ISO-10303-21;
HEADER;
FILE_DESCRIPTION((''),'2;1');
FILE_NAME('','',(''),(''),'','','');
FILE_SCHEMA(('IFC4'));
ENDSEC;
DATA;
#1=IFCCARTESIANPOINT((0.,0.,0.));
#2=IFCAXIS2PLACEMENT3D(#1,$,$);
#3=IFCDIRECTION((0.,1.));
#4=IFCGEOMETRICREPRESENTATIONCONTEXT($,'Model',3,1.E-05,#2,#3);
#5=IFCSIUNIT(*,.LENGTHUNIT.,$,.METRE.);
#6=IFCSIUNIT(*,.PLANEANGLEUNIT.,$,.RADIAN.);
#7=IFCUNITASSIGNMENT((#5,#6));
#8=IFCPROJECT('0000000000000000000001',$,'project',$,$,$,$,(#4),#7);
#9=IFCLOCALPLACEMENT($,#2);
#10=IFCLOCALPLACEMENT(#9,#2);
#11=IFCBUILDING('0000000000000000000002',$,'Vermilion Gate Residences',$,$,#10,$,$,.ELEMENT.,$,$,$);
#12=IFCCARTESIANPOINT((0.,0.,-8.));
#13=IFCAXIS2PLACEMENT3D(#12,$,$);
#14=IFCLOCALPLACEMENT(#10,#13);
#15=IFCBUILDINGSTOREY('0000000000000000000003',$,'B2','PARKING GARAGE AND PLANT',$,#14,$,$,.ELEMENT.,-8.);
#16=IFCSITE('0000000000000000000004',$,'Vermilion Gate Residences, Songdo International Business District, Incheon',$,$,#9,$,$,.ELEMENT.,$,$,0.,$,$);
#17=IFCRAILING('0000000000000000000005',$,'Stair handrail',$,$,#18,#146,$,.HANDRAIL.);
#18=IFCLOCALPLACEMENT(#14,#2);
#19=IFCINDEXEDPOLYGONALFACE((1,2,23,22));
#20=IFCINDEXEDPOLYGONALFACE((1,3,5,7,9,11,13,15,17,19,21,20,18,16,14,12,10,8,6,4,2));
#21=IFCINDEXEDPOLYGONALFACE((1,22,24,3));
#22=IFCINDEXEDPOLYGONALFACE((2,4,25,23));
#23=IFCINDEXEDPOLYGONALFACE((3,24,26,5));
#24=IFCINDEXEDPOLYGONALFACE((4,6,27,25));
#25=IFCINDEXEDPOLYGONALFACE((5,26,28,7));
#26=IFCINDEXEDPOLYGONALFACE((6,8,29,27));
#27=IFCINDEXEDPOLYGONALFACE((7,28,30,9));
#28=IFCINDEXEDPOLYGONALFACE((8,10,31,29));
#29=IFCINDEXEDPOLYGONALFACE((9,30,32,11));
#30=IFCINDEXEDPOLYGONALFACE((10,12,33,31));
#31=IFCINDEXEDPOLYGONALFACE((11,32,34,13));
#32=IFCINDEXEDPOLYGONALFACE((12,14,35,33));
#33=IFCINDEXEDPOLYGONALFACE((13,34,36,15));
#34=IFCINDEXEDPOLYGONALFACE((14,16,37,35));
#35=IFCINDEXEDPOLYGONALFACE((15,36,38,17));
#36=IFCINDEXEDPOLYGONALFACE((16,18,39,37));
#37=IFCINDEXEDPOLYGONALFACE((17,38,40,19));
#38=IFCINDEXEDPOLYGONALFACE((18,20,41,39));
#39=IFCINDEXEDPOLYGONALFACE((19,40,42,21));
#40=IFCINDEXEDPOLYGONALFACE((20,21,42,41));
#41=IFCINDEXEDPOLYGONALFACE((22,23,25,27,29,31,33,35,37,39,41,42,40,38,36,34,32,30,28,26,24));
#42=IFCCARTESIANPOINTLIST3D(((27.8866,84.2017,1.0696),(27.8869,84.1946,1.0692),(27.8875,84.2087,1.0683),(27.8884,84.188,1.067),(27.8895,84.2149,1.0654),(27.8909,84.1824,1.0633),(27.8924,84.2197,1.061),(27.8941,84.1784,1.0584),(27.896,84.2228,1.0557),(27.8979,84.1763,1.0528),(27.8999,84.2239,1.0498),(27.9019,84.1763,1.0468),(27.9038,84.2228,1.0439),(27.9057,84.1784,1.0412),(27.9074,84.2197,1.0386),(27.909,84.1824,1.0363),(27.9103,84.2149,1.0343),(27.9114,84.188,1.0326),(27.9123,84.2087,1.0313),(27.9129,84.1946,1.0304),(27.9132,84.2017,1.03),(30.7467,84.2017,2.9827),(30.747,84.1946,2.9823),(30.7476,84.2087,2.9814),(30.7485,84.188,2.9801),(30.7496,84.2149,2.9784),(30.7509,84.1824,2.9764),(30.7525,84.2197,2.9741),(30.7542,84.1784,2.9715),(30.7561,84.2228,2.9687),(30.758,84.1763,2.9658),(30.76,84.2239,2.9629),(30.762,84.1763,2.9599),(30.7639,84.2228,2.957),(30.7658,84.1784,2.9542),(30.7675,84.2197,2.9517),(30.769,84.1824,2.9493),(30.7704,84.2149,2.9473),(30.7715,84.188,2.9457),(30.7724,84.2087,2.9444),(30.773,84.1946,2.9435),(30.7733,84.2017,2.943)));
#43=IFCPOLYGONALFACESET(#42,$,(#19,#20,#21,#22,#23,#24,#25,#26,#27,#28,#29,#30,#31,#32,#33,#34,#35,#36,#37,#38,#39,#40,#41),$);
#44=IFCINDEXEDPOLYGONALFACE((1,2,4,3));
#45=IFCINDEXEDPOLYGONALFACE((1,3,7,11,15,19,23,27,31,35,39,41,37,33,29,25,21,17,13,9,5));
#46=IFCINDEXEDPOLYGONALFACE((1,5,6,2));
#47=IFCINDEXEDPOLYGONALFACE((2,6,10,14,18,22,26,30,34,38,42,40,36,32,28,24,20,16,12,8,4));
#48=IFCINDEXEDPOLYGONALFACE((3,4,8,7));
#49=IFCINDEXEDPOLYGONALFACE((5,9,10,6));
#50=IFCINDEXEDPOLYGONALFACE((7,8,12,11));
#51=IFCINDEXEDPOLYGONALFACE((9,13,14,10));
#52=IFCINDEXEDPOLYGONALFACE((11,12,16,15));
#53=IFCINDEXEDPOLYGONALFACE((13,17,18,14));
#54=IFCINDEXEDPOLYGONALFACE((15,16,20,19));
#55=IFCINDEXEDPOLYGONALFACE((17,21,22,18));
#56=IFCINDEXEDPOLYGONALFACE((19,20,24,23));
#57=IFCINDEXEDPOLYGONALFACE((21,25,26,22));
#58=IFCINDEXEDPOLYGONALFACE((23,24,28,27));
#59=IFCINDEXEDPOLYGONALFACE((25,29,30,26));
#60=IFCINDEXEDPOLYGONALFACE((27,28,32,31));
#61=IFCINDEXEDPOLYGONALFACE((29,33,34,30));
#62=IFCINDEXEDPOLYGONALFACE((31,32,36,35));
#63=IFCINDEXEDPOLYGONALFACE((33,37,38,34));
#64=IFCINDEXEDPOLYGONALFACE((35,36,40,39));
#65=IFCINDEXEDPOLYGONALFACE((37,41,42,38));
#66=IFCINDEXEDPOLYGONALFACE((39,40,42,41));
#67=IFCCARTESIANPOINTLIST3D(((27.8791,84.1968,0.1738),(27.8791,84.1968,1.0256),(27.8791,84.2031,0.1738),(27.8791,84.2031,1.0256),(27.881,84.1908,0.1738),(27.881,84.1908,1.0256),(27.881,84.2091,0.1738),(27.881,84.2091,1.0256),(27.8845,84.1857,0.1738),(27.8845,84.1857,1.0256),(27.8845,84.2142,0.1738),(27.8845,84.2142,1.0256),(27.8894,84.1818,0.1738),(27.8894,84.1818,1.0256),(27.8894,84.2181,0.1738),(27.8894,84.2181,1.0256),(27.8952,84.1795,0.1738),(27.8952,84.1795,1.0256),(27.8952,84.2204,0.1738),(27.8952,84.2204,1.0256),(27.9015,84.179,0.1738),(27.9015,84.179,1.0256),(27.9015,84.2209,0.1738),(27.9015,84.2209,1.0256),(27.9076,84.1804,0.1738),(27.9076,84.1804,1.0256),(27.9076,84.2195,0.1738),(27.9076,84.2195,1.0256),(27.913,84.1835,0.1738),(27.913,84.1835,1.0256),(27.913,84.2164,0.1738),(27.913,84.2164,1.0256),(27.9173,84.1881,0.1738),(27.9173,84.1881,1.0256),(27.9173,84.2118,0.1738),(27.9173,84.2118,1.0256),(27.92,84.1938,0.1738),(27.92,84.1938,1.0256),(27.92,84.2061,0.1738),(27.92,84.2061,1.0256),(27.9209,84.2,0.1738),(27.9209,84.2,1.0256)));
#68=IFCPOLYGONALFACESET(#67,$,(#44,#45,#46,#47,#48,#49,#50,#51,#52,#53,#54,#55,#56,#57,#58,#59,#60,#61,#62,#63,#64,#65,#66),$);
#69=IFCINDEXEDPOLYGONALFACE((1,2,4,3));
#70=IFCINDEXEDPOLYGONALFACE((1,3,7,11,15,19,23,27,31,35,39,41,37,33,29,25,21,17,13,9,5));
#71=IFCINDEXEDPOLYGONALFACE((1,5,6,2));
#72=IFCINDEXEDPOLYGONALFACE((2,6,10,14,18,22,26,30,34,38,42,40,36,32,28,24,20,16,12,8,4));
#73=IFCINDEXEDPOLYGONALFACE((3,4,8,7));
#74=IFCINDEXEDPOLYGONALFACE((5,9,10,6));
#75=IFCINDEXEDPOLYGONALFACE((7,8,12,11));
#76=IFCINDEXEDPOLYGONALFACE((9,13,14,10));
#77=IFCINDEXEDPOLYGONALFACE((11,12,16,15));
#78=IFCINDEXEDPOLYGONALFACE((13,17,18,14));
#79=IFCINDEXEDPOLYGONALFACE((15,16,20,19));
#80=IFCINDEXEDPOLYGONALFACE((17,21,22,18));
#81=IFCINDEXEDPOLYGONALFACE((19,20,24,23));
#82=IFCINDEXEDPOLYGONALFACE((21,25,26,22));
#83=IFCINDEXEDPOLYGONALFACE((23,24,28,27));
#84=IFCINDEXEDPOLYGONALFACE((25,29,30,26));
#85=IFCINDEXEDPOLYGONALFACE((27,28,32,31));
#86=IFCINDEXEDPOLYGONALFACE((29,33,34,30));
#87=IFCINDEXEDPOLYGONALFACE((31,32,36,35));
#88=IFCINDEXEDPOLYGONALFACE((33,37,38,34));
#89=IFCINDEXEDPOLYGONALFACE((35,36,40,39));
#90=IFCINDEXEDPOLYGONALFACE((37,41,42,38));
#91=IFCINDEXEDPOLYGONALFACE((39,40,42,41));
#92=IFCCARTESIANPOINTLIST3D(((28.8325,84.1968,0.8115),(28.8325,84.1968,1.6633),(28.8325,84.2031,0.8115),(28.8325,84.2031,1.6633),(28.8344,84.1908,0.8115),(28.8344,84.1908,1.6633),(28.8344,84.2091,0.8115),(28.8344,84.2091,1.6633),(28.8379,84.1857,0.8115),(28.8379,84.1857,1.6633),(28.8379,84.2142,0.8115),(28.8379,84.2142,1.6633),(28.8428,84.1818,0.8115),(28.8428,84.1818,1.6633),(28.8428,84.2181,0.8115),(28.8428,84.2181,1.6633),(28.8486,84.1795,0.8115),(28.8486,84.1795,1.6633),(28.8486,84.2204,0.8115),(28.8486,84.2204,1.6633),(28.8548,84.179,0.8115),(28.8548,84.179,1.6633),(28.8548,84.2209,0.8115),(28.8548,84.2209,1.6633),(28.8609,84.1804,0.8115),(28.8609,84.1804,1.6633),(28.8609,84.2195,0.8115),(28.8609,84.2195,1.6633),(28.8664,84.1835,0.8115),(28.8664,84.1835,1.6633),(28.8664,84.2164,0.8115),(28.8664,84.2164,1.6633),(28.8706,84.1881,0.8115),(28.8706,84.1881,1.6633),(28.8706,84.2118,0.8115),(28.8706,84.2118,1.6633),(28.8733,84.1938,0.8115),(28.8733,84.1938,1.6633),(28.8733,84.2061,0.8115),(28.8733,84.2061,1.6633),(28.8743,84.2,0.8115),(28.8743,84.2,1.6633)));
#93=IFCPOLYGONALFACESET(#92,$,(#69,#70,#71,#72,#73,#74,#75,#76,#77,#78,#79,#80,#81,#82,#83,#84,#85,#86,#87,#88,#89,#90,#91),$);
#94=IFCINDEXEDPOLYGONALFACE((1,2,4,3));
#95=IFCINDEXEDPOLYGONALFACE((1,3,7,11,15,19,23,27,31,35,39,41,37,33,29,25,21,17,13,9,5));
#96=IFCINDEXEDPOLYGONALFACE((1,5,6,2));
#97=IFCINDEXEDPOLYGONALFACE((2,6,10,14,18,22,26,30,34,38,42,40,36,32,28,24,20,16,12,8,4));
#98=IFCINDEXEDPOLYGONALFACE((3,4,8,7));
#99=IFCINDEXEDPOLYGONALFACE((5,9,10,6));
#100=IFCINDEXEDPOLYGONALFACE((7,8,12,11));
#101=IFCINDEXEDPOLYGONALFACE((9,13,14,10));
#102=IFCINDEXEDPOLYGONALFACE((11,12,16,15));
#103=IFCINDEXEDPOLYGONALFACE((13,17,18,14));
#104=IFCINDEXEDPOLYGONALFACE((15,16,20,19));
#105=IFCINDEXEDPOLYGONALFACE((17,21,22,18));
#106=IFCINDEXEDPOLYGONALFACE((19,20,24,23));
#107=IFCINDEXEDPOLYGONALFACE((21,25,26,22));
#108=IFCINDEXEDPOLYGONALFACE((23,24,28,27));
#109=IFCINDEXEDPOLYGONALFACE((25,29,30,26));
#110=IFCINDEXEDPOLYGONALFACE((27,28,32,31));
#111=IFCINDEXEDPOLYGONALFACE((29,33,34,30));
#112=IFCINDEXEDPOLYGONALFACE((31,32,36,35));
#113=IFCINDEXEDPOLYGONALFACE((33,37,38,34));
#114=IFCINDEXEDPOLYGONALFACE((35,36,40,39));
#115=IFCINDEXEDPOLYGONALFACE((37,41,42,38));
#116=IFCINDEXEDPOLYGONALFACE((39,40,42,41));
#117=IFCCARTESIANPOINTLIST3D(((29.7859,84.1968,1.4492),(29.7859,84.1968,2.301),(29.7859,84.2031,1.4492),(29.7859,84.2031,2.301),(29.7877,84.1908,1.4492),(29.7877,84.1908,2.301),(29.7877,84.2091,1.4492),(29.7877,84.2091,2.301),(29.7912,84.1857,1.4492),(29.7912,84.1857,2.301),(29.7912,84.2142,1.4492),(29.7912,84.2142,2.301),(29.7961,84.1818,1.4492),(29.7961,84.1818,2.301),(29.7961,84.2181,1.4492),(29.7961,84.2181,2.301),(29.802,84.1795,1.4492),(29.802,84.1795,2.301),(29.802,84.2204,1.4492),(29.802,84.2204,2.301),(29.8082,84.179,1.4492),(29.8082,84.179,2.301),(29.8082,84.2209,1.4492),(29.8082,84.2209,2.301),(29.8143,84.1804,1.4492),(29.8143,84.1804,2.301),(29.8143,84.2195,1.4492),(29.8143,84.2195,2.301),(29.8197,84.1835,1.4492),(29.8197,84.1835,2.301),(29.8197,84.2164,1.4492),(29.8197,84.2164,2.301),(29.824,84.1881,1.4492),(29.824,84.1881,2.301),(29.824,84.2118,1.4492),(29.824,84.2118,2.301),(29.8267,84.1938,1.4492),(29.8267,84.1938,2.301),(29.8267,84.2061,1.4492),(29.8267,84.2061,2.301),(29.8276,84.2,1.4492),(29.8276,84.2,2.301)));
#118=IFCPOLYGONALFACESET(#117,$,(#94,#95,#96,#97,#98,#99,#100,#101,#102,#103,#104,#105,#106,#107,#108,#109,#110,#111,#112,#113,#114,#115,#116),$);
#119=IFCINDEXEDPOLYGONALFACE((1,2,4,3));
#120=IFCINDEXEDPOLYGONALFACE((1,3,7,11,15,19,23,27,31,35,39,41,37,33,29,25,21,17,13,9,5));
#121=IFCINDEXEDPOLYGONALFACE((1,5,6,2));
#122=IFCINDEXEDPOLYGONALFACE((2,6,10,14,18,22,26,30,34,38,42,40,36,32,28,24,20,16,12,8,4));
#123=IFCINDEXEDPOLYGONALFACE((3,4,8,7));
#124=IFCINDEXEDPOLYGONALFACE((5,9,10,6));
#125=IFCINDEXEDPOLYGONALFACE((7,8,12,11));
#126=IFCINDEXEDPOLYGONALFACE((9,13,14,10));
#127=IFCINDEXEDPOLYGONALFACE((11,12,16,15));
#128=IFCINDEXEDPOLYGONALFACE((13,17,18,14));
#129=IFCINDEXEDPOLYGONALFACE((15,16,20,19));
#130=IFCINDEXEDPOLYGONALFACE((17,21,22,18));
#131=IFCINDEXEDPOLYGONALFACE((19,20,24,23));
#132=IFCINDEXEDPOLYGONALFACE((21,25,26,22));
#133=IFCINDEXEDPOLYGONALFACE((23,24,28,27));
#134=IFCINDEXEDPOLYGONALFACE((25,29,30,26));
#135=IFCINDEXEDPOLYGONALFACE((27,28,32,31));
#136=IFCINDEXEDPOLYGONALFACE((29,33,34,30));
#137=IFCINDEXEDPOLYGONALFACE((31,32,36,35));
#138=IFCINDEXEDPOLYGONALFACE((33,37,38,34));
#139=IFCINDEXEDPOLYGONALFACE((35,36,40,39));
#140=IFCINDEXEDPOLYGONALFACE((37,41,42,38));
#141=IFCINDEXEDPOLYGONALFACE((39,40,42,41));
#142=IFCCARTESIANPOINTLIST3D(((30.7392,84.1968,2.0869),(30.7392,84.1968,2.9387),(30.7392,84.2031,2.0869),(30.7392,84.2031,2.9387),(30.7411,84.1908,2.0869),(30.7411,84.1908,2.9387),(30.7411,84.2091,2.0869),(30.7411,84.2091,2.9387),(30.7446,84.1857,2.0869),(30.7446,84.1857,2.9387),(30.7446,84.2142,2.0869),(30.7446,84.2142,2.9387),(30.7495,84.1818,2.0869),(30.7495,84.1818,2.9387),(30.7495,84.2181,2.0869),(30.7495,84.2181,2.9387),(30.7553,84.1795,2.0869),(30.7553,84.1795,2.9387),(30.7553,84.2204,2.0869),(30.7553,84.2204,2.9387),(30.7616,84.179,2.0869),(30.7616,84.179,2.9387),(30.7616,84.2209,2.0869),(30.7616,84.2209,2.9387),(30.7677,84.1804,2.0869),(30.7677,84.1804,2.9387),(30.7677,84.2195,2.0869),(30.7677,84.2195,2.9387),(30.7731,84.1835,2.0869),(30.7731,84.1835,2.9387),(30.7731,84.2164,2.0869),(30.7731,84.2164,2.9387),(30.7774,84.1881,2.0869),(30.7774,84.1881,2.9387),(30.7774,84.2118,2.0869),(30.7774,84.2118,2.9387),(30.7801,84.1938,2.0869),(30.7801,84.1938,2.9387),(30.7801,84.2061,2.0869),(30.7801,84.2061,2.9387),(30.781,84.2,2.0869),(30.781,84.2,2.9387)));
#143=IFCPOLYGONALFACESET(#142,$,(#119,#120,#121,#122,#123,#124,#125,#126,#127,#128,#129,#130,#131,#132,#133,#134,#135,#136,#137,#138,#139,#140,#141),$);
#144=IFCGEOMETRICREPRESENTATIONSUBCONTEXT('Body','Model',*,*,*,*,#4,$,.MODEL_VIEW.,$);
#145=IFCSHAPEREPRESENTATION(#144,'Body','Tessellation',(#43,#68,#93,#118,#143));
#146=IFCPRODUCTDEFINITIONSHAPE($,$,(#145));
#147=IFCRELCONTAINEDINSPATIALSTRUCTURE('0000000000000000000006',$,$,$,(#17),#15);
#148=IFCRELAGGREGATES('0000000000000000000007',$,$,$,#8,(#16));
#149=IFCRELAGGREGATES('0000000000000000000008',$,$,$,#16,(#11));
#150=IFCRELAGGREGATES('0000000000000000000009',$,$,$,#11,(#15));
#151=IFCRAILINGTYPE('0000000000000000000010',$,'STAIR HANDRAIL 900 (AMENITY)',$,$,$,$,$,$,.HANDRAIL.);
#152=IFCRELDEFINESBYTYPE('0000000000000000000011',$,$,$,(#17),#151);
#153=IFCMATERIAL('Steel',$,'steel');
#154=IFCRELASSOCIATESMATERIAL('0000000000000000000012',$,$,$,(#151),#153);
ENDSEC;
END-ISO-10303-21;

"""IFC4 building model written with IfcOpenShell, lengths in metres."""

from ifc_helpers import new_model, si_unit, direction, frame, origin, origin_2d, place, context, subcontext, project, spatial, circle, extrude, material, type_object, element, save


model = new_model("IFC4")

# Units and contexts
model_context = context("Model", 3, precision=1e-05, world=origin(), true_north=direction((0.0, 1.0)))
body_context = subcontext(model_context, "Body", "Model", "MODEL_VIEW")
ifc_project = project(units=[si_unit("LENGTHUNIT", "METRE"), si_unit("PLANEANGLEUNIT", "RADIAN")], contexts=[model_context])

# Site, building, storey
site_placement = place(None, origin())
site = spatial("IfcSite", under=ifc_project, at=site_placement, Name="Vermilion Gate Residences, Songdo International Business District, Incheon", CompositionType="ELEMENT", RefElevation=0.0)
building_placement = place(site_placement, origin())
building = spatial("IfcBuilding", under=site, at=building_placement, Name="Vermilion Gate Residences", CompositionType="ELEMENT")
storey_placement = place(building_placement, frame((0.0, 0.0, -8.0)))
storey = spatial("IfcBuildingStorey", under=building, at=storey_placement, Name="B2", Description="PARKING GARAGE AND PLANT", CompositionType="ELEMENT", Elevation=-8.0)

# Railing
ifc_material_1 = material(Name="Steel", Category="steel")
railing_type = type_object("IfcRailingType", Name="STAIR HANDRAIL 900 (AMENITY)", PredefinedType="HANDRAIL", material=ifc_material_1)
railing_1_placement = place(storey_placement, frame((27.8999, 84.2, 0.1738)))
element("IfcRailing", 1, at=railing_1_placement, inside=storey, type_object=railing_type, Name="Stair handrail", PredefinedType="HANDRAIL", context=body_context, shape_type="SweptSolid", body=[
    extrude(circle(Radius=0.0239, at=origin_2d()), frame((0.0, 0.0, 0.876), z_axis=(0.831198, 0.0, 0.555977), x_axis=(0.0, 1.0, 0.0)), (0.0, 0.0, 1.0), 3.4409),
    extrude(circle(Radius=0.021, at=origin_2d()), origin(), (0.0, 0.0, 1.0), 0.8518),
    extrude(circle(Radius=0.021, at=origin_2d()), frame((0.9534, 0.0, 0.6377)), (0.0, 0.0, 1.0), 0.8518),
    extrude(circle(Radius=0.021, at=origin_2d()), frame((1.9067, 0.0, 1.2754)), (0.0, 0.0, 1.0), 0.8518),
    extrude(circle(Radius=0.021, at=origin_2d()), frame((2.8601, 0.0, 1.9131)), (0.0, 0.0, 1.0), 0.8518),
])

save(model, "model.ifc")
